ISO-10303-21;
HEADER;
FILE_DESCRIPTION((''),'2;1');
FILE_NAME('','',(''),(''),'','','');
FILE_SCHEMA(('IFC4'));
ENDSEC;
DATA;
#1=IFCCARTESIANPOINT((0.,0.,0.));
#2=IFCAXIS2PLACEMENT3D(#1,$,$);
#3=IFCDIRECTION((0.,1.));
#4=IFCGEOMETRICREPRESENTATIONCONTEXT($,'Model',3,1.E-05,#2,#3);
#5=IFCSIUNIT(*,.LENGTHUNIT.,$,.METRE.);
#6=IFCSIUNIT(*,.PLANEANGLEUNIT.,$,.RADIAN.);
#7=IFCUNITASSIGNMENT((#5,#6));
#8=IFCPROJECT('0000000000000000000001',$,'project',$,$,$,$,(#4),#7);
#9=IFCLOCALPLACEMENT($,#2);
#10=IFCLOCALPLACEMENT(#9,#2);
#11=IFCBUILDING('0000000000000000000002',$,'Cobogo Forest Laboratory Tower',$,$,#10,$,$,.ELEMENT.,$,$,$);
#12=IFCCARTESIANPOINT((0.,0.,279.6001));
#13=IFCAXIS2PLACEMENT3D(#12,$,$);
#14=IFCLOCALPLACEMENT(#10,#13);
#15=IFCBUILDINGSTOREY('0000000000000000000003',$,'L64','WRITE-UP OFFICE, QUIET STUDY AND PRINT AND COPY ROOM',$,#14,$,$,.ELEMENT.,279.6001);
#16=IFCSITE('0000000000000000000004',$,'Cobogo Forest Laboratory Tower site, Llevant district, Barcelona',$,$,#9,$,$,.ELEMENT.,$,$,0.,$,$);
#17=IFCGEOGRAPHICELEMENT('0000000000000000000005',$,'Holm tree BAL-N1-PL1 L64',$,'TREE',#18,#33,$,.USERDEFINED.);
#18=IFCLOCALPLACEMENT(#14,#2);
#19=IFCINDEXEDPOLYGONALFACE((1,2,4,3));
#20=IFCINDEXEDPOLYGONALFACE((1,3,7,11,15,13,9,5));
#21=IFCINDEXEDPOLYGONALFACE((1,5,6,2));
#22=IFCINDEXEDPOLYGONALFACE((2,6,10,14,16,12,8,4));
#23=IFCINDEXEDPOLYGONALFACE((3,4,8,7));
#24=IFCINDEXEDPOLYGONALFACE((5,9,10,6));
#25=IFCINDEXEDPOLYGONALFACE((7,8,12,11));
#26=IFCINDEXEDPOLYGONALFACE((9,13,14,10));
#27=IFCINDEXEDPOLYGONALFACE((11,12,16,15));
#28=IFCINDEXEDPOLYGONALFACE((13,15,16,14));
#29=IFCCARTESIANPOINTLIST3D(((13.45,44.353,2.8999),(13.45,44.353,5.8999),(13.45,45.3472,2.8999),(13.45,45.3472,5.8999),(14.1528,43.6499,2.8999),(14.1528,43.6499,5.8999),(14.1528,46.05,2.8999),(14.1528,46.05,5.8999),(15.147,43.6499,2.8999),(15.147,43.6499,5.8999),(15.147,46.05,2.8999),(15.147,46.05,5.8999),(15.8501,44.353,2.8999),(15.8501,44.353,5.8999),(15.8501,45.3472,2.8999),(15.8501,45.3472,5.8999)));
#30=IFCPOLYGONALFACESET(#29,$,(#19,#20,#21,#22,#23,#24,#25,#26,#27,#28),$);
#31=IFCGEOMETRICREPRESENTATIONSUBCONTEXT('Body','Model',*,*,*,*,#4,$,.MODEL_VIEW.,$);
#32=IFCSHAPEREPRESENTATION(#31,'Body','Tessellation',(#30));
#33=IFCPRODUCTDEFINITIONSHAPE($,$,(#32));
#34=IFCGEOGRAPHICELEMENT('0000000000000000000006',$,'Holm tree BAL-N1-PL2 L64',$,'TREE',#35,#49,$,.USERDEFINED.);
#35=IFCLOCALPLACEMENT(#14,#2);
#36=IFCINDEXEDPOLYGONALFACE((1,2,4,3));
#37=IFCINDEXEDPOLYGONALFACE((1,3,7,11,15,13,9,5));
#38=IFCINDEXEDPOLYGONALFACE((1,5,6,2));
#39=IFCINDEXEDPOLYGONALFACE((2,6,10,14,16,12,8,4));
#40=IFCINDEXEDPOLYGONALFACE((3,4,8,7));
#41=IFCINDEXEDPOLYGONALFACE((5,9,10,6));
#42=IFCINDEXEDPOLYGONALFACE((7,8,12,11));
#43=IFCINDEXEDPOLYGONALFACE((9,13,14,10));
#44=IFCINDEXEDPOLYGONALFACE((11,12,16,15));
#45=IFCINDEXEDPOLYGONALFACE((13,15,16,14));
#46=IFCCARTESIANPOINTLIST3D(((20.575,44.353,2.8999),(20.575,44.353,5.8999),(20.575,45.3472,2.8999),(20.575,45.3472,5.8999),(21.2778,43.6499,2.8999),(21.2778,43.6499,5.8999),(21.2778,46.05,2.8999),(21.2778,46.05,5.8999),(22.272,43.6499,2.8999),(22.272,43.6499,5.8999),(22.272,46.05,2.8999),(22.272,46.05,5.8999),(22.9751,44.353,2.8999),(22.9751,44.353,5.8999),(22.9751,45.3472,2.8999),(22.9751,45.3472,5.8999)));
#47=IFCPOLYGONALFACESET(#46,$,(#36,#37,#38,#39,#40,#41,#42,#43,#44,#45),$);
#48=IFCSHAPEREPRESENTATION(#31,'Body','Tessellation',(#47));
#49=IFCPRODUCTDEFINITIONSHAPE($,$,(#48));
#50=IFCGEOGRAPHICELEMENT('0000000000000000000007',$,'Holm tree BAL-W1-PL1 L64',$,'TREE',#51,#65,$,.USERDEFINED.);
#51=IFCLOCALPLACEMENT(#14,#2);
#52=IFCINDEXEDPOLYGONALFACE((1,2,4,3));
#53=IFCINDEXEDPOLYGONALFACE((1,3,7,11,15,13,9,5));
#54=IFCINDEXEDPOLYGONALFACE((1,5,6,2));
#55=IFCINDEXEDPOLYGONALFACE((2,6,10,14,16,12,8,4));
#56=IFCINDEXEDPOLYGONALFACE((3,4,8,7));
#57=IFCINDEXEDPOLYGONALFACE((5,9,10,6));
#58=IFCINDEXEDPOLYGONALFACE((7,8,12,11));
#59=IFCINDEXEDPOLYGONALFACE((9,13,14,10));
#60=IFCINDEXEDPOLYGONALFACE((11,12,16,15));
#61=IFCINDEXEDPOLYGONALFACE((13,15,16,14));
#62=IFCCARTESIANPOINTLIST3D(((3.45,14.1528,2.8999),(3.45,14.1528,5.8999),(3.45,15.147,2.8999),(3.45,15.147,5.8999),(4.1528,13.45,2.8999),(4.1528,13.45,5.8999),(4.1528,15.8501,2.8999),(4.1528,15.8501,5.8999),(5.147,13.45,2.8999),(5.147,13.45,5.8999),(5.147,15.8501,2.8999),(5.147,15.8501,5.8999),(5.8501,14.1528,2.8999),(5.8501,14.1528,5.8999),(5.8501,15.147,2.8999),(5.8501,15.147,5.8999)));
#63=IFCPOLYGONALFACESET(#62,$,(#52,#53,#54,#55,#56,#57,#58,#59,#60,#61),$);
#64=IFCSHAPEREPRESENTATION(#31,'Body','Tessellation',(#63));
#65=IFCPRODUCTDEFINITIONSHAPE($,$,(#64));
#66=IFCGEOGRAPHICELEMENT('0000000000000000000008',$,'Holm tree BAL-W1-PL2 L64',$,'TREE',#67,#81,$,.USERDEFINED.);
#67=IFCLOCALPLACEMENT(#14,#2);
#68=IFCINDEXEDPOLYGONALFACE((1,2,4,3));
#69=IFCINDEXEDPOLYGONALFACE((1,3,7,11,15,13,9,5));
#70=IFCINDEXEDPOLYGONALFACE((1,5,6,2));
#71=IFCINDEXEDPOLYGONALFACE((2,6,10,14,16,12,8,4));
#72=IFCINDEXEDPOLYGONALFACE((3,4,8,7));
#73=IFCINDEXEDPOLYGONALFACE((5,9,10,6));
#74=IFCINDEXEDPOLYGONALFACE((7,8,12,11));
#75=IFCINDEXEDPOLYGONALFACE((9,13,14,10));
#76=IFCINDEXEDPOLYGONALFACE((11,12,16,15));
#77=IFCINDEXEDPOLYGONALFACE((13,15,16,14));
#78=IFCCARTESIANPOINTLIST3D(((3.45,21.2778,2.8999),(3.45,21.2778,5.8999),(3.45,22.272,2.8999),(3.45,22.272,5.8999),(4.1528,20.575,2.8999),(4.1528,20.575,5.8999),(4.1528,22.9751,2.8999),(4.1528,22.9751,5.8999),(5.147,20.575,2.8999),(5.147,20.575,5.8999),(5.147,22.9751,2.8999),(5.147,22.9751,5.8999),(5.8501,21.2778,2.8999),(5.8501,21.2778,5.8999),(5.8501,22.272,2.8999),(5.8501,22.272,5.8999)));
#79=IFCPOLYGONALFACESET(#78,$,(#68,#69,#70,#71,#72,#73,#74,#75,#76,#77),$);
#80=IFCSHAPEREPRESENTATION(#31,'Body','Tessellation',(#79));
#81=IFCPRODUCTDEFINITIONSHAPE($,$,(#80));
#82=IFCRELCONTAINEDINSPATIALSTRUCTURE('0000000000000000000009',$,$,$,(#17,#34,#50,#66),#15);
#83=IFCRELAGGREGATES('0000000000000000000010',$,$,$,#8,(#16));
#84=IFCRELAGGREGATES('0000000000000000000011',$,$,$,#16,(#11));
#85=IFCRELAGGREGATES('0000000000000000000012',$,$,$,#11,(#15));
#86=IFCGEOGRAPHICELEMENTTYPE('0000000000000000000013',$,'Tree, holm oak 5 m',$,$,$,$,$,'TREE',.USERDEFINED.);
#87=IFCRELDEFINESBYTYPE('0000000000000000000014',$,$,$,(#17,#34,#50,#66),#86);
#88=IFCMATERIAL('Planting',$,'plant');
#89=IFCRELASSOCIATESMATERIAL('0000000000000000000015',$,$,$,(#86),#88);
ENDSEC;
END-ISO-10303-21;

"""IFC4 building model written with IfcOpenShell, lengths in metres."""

from ifc_helpers import new_model, si_unit, direction, frame, origin, place, context, subcontext, project, spatial, polyline, outline, extrude, material, type_object, element, save


model = new_model("IFC4")

# Units and contexts
model_context = context("Model", 3, precision=1e-05, world=origin(), true_north=direction((0.0, 1.0)))
body_context = subcontext(model_context, "Body", "Model", "MODEL_VIEW")
ifc_project = project(units=[si_unit("LENGTHUNIT", "METRE"), si_unit("PLANEANGLEUNIT", "RADIAN")], contexts=[model_context])

# Site, building, storey
site_placement = place(None, origin())
site = spatial("IfcSite", under=ifc_project, at=site_placement, Name="Cobogo Forest Laboratory Tower site, Llevant district, Barcelona", CompositionType="ELEMENT", RefElevation=0.0)
building_placement = place(site_placement, origin())
building = spatial("IfcBuilding", under=site, at=building_placement, Name="Cobogo Forest Laboratory Tower", CompositionType="ELEMENT")
storey_placement = place(building_placement, frame((0.0, 0.0, 279.6001)))
storey = spatial("IfcBuildingStorey", under=building, at=storey_placement, Name="L64", Description="WRITE-UP OFFICE, QUIET STUDY AND PRINT AND COPY ROOM", CompositionType="ELEMENT", Elevation=279.6001)

# Geographic elements
ifc_material_1 = material(Name="Planting", Category="plant")
geographic_element_type = type_object("IfcGeographicElementType", Name="Tree, holm oak 5 m", ElementType="TREE", PredefinedType="USERDEFINED", material=ifc_material_1)
geographic_element_1_placement = place(storey_placement, frame((0.0, 0.0, 2.8999)))
element("IfcGeographicElement", 1, at=geographic_element_1_placement, inside=storey, type_object=geographic_element_type, Name="Holm tree BAL-N1-PL1 L64", ObjectType="TREE", PredefinedType="USERDEFINED", context=body_context, shape_type="SweptSolid", body=[
    extrude(outline(polyline([(15.8501, 44.353), (15.8501, 45.3472), (15.147, 46.05), (14.1528, 46.05), (13.45, 45.3472), (13.45, 44.353), (14.1528, 43.6499), (15.147, 43.6499), (15.8501, 44.353)])), origin(), (0.0, 0.0, 1.0), 3.0),
])
geographic_element_2_placement = place(storey_placement, frame((0.0, 0.0, 2.8999)))
element("IfcGeographicElement", 2, at=geographic_element_2_placement, inside=storey, type_object=geographic_element_type, Name="Holm tree BAL-N1-PL2 L64", ObjectType="TREE", PredefinedType="USERDEFINED", context=body_context, shape_type="SweptSolid", body=[
    extrude(outline(polyline([(22.9751, 44.353), (22.9751, 45.3472), (22.272, 46.05), (21.2778, 46.05), (20.575, 45.3472), (20.575, 44.353), (21.2778, 43.6499), (22.272, 43.6499), (22.9751, 44.353)])), origin(), (0.0, 0.0, 1.0), 3.0),
])
geographic_element_3_placement = place(storey_placement, frame((0.0, 0.0, 2.8999)))
element("IfcGeographicElement", 3, at=geographic_element_3_placement, inside=storey, type_object=geographic_element_type, Name="Holm tree BAL-W1-PL1 L64", ObjectType="TREE", PredefinedType="USERDEFINED", context=body_context, shape_type="SweptSolid", body=[
    extrude(outline(polyline([(5.8501, 14.1528), (5.8501, 15.147), (5.147, 15.8501), (4.1528, 15.8501), (3.45, 15.147), (3.45, 14.1528), (4.1528, 13.45), (5.147, 13.45), (5.8501, 14.1528)])), origin(), (0.0, 0.0, 1.0), 3.0),
])
geographic_element_4_placement = place(storey_placement, frame((0.0, 0.0, 2.8999)))
element("IfcGeographicElement", 4, at=geographic_element_4_placement, inside=storey, type_object=geographic_element_type, Name="Holm tree BAL-W1-PL2 L64", ObjectType="TREE", PredefinedType="USERDEFINED", context=body_context, shape_type="SweptSolid", body=[
    extrude(outline(polyline([(5.8501, 21.2778), (5.8501, 22.272), (5.147, 22.9751), (4.1528, 22.9751), (3.45, 22.272), (3.45, 21.2778), (4.1528, 20.575), (5.147, 20.575), (5.8501, 21.2778)])), origin(), (0.0, 0.0, 1.0), 3.0),
])

save(model, "model.ifc")
